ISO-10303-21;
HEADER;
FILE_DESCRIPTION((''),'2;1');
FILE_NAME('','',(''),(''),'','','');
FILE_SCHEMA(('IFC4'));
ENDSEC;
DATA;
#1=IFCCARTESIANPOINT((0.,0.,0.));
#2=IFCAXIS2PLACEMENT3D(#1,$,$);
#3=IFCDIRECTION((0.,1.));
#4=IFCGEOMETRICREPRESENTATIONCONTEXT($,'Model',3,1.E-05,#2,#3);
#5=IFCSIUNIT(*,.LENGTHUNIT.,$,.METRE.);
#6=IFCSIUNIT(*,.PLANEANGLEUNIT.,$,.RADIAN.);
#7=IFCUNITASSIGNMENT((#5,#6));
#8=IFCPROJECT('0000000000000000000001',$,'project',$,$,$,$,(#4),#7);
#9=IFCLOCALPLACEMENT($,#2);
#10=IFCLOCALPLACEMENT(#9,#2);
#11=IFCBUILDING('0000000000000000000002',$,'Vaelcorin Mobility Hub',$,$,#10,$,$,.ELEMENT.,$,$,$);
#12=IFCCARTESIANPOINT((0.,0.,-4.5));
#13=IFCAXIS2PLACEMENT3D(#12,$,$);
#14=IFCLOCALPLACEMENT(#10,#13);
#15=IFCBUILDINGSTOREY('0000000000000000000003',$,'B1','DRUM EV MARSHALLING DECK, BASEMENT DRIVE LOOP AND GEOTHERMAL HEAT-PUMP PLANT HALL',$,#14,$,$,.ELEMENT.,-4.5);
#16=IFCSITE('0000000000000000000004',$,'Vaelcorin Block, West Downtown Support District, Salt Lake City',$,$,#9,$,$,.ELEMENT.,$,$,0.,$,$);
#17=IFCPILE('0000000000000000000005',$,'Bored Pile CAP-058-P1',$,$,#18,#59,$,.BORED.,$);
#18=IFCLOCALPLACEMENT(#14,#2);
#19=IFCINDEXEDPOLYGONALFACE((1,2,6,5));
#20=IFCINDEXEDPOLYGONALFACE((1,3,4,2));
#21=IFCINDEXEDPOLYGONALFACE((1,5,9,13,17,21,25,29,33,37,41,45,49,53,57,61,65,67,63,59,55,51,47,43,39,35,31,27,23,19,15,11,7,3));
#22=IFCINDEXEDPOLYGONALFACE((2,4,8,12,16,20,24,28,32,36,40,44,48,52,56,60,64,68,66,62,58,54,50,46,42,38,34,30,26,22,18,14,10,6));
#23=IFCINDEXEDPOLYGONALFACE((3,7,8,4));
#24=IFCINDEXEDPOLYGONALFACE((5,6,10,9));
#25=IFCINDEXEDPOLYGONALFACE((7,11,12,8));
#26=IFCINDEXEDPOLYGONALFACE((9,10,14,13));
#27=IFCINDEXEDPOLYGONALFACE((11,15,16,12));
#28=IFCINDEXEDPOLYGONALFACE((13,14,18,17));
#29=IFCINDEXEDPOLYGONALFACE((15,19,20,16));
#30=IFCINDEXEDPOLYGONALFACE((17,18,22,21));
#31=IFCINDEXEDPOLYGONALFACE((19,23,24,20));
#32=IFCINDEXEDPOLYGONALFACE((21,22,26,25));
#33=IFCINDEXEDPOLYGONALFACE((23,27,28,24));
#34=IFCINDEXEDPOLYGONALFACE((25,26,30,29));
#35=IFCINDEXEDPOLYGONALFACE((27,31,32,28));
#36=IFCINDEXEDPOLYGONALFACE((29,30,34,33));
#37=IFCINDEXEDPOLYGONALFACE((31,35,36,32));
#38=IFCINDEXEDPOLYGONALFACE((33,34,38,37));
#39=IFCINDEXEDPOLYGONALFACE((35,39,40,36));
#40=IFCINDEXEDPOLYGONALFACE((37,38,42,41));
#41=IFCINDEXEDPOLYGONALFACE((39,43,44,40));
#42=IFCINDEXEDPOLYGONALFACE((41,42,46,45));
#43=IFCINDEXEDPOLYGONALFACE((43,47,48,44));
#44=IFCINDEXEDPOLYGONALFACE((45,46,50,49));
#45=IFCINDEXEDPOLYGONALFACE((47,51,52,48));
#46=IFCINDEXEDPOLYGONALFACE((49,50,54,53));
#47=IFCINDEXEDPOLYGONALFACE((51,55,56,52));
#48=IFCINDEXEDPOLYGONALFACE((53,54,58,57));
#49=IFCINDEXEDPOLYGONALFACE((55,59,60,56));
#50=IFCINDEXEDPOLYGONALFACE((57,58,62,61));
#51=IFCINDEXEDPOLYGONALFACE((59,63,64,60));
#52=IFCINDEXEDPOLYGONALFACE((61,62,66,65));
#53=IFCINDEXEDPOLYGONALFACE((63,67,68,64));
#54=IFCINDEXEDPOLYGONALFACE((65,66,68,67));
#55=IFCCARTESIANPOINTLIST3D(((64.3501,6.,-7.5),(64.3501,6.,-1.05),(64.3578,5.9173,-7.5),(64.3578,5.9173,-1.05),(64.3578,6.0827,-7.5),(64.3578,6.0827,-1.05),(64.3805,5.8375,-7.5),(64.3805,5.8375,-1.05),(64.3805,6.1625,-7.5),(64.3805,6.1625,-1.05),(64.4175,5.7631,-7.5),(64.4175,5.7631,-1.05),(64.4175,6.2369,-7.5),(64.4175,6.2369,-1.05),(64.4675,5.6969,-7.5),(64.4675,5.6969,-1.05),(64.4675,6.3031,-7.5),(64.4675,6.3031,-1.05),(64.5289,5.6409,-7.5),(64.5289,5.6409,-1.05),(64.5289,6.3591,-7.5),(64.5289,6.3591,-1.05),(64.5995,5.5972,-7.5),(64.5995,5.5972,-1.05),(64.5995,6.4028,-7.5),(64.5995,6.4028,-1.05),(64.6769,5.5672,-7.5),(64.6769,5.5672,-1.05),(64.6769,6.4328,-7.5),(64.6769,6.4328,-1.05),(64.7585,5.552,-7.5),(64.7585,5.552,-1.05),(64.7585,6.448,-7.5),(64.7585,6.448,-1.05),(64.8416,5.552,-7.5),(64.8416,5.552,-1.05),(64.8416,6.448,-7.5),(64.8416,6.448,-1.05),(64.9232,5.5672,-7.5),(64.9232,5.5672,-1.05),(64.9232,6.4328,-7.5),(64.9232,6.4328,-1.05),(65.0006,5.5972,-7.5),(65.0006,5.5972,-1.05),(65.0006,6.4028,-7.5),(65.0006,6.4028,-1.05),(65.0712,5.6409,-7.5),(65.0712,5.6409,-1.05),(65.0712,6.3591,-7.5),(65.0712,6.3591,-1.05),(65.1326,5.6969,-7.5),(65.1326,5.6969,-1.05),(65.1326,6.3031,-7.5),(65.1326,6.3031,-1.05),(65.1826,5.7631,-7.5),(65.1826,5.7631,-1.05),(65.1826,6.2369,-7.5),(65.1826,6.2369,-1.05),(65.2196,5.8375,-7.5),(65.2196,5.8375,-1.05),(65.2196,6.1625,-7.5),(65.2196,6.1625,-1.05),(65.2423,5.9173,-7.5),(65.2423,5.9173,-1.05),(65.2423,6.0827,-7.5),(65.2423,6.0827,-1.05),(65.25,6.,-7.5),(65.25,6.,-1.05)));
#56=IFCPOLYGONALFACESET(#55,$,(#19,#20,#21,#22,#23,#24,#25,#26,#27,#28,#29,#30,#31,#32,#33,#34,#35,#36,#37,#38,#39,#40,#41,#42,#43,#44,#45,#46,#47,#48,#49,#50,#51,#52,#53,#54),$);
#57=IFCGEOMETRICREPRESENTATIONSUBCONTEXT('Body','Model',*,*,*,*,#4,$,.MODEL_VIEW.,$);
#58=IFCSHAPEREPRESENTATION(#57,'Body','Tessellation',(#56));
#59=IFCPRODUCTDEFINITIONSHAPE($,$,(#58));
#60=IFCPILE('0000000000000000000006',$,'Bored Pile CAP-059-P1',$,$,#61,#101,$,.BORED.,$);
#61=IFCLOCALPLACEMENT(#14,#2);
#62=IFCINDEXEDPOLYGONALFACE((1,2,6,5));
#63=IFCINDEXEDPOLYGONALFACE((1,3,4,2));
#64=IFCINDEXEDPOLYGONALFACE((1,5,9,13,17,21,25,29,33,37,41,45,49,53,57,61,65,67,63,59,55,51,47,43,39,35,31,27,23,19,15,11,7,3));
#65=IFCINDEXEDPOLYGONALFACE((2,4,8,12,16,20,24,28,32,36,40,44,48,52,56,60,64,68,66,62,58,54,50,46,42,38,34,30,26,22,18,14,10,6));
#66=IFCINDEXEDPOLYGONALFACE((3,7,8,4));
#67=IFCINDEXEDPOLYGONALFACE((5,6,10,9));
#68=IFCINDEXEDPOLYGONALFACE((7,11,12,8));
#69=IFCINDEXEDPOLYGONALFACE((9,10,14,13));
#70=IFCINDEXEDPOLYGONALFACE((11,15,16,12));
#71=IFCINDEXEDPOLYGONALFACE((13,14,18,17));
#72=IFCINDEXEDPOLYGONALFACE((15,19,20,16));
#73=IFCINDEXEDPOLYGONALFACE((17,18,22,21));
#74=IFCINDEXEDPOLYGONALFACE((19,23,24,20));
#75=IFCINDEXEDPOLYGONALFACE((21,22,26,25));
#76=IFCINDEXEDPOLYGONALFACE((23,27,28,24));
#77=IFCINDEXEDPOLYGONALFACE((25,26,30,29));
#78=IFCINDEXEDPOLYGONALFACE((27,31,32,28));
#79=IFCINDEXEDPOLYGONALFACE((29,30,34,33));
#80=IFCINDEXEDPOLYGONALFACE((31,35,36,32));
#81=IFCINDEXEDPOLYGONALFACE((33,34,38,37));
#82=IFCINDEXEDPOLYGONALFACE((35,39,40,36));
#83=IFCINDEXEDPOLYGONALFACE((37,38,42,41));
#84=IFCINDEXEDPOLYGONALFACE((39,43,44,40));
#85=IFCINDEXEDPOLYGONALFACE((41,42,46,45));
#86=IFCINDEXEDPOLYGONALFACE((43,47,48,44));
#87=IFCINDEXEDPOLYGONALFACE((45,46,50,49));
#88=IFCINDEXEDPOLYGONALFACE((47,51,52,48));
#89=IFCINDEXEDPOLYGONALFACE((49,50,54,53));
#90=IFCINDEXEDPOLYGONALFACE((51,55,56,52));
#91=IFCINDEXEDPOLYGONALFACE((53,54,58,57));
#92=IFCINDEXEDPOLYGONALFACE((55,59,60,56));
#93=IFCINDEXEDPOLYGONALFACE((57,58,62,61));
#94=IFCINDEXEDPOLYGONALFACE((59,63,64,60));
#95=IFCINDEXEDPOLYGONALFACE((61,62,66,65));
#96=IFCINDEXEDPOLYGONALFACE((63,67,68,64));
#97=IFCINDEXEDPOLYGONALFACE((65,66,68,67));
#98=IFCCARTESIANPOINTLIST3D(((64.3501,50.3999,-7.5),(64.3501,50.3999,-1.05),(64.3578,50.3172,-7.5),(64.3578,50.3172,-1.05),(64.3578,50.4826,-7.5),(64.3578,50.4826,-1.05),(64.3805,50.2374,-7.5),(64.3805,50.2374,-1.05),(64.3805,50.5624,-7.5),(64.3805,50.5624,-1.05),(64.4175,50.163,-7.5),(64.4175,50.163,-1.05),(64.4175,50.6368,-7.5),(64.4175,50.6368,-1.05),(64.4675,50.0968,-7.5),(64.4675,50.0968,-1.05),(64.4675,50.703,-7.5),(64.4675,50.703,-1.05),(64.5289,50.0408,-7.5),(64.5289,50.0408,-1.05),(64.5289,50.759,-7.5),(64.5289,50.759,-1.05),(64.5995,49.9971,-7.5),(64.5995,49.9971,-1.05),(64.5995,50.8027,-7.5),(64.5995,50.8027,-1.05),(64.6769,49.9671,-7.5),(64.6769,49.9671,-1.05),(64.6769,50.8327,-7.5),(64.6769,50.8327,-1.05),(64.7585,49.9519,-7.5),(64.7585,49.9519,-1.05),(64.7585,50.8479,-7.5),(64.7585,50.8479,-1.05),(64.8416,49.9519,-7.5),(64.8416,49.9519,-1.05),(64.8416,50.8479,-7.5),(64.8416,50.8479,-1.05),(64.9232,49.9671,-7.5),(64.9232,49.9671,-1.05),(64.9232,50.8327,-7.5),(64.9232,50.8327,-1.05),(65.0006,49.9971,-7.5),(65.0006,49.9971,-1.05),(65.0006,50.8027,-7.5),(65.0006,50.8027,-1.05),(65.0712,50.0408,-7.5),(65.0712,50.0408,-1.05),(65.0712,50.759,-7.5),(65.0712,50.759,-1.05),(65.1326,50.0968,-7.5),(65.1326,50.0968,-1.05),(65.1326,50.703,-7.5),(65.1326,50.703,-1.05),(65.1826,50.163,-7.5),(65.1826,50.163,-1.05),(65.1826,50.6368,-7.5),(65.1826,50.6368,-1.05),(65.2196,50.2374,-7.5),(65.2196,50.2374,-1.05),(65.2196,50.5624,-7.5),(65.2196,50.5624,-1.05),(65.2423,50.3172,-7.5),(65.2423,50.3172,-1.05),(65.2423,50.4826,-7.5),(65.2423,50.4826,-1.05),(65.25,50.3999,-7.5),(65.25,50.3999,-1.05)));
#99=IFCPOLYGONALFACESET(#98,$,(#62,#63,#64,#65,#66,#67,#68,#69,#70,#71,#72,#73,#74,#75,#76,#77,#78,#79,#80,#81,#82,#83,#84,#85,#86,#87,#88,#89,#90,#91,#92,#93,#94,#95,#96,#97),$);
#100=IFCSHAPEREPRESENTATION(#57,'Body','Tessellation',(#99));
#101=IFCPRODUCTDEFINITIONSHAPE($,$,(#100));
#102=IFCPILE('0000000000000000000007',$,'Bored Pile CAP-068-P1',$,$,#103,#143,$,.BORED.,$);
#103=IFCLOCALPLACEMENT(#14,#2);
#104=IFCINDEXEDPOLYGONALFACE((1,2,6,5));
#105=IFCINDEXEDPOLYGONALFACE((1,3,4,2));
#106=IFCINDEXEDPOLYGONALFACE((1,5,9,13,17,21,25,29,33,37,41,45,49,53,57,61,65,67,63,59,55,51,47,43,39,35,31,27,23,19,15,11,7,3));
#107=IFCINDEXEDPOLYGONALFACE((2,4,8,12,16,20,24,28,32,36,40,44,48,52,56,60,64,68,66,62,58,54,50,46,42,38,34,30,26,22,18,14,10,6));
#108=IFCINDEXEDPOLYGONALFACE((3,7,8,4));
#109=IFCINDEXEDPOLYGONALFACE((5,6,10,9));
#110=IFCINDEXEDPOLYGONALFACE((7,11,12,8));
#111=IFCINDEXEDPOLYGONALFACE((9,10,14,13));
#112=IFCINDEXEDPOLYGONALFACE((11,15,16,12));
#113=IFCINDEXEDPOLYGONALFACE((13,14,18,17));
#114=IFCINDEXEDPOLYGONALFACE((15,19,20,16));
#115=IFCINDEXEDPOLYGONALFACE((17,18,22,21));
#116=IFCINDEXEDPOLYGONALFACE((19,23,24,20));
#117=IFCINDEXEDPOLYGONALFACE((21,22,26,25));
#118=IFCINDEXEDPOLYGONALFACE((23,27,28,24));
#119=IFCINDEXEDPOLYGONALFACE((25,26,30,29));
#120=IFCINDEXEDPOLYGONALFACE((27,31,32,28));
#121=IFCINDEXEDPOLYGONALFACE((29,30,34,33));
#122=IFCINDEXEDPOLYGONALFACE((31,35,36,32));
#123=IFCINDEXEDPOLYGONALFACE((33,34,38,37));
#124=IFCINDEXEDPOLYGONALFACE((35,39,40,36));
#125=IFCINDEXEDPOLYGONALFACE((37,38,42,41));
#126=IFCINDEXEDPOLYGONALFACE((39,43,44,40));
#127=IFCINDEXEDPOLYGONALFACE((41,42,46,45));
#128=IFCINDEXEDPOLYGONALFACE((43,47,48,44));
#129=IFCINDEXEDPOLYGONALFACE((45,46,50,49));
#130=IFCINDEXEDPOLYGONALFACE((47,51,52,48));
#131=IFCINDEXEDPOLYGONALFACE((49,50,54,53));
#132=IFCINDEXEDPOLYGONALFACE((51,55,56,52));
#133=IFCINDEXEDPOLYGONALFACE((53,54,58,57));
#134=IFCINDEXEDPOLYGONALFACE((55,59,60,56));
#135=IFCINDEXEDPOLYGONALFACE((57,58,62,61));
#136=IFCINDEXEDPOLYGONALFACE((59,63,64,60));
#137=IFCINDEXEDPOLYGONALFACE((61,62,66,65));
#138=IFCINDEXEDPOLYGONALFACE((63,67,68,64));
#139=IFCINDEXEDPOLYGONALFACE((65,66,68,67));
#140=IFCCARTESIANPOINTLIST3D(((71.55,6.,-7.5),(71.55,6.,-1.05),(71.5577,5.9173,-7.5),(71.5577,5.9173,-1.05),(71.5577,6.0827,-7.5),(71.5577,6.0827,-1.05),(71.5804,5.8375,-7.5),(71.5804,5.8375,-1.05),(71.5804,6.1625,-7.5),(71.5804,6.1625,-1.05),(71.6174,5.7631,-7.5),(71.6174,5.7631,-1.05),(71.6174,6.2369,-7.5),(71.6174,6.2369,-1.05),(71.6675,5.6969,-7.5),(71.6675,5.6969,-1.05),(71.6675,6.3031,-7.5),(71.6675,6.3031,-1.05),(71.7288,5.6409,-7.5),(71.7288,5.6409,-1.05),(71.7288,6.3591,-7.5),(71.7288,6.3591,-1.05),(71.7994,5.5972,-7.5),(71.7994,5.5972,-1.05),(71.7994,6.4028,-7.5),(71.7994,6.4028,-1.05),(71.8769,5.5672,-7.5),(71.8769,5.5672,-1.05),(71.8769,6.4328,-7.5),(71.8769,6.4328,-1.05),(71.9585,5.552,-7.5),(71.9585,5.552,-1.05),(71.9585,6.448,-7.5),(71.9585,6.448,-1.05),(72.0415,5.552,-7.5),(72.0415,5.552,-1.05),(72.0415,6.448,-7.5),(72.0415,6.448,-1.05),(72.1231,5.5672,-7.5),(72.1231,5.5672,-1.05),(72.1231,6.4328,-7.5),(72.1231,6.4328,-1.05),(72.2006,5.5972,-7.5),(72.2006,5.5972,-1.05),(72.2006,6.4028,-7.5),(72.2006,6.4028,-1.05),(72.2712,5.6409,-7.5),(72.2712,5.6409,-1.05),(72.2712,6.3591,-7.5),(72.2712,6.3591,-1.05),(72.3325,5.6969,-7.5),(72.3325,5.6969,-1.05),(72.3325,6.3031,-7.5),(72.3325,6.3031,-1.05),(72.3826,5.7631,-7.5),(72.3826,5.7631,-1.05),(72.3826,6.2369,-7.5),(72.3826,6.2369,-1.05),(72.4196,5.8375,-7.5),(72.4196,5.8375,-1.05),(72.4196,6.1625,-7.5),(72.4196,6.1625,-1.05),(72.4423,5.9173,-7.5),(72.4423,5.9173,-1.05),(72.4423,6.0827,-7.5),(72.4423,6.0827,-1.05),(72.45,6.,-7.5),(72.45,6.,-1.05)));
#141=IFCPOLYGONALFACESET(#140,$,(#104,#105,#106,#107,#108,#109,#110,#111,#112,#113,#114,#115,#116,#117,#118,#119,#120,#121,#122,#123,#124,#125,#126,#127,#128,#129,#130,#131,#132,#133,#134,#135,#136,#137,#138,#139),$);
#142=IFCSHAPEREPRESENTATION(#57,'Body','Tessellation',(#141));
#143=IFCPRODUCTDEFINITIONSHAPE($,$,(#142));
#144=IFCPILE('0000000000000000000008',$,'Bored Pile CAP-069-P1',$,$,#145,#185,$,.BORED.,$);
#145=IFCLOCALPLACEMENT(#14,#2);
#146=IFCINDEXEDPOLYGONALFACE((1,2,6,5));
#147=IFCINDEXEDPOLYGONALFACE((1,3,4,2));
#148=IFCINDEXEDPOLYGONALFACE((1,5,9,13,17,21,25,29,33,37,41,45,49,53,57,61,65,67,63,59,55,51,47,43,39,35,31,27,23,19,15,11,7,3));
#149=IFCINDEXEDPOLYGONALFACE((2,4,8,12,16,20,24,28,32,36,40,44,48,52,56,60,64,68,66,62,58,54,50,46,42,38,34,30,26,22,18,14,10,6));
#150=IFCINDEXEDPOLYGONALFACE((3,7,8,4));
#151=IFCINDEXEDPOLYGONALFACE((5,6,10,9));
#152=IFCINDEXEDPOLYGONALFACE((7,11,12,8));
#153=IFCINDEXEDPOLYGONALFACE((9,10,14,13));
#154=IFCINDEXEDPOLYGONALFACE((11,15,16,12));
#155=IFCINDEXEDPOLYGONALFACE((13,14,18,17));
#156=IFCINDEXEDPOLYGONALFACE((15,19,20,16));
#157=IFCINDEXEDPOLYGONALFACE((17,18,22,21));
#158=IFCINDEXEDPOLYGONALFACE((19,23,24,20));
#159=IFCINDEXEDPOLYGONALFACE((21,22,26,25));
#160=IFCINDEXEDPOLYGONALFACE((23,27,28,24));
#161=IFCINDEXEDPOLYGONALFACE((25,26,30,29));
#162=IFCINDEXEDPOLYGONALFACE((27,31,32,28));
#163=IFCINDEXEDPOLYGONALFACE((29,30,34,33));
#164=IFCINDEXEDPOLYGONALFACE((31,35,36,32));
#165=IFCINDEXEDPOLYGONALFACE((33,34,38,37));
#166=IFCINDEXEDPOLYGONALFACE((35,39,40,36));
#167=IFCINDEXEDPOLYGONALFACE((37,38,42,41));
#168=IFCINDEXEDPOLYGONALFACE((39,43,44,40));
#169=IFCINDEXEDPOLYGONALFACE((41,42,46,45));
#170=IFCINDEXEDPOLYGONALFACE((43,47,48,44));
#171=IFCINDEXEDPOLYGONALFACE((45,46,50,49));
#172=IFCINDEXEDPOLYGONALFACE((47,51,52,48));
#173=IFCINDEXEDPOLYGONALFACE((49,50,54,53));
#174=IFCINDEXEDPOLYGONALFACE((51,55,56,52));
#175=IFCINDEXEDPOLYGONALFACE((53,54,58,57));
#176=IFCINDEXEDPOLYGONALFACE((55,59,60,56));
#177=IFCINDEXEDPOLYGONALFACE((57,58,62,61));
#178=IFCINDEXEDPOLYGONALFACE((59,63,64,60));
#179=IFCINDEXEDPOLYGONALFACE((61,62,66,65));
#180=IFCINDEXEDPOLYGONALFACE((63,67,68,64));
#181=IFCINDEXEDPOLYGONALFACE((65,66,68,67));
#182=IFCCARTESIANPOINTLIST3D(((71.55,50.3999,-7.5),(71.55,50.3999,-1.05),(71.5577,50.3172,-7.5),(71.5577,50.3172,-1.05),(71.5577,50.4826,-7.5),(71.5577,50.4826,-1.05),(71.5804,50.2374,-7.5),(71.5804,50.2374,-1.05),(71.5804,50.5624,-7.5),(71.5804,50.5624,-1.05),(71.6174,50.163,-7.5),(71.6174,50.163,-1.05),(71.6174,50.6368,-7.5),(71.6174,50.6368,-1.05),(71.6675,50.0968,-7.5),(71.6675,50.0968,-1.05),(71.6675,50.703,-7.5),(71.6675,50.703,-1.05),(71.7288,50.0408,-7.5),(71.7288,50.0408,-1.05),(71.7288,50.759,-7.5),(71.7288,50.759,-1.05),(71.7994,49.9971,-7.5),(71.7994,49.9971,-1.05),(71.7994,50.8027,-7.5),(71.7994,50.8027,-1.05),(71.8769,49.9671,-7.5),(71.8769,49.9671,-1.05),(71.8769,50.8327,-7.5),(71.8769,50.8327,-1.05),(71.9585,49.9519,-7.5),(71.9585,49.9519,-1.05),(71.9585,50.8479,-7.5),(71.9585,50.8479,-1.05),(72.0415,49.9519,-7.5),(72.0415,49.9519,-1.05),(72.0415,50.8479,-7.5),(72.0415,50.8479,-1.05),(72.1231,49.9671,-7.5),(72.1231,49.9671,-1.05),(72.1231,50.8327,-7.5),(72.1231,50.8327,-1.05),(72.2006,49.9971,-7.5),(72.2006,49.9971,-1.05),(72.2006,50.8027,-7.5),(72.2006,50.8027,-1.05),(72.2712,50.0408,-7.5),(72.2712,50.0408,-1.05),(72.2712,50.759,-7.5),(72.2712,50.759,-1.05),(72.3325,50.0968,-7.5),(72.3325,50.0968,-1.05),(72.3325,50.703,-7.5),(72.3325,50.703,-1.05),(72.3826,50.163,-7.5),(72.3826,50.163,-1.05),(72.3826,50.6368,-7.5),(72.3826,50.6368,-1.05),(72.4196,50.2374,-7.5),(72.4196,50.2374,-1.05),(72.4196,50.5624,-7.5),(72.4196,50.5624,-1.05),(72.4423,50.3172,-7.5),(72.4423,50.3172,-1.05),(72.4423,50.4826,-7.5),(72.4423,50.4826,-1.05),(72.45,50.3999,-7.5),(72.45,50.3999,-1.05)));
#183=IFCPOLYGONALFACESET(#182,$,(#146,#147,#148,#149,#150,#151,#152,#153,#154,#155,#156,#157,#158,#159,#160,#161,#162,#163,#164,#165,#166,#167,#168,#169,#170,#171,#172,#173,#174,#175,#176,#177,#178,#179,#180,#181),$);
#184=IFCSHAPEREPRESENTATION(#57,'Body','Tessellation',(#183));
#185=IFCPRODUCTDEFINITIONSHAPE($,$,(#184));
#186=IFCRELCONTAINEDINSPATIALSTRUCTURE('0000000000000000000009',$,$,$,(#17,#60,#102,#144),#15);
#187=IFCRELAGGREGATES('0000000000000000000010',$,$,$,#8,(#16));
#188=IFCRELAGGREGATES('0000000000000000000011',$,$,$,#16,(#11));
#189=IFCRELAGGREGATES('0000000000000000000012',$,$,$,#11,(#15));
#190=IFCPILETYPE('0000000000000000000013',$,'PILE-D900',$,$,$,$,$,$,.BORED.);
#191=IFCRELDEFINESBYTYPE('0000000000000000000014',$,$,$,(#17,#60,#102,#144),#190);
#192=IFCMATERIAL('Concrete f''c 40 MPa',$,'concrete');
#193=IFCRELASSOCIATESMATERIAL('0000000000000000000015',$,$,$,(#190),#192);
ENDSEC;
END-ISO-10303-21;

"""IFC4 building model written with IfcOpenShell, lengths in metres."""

from ifc_helpers import new_model, si_unit, direction, frame, origin, origin_2d, place, context, subcontext, project, spatial, circle, extrude, material, material_profile, profile_set, type_object, element, save


model = new_model("IFC4")

# Units and contexts
model_context = context("Model", 3, precision=1e-05, world=origin(), true_north=direction((0.0, 1.0)))
body_context = subcontext(model_context, "Body", "Model", "MODEL_VIEW")
ifc_project = project(units=[si_unit("LENGTHUNIT", "METRE"), si_unit("PLANEANGLEUNIT", "RADIAN")], contexts=[model_context])

# Site, building, storey
site_placement = place(None, origin())
site = spatial("IfcSite", under=ifc_project, at=site_placement, Name="Vaelcorin Block, West Downtown Support District, Salt Lake City", CompositionType="ELEMENT", RefElevation=0.0)
building_placement = place(site_placement, origin())
building = spatial("IfcBuilding", under=site, at=building_placement, Name="Vaelcorin Mobility Hub", CompositionType="ELEMENT")
storey_placement = place(building_placement, frame((0.0, 0.0, -4.5)))
storey = spatial("IfcBuildingStorey", under=building, at=storey_placement, Name="B1", Description="DRUM EV MARSHALLING DECK, BASEMENT DRIVE LOOP AND GEOTHERMAL HEAT-PUMP PLANT HALL", CompositionType="ELEMENT", Elevation=-4.5)

# Shared definitions
ifc_material_1 = material(Name="Concrete f'c 40 MPa", Category="concrete")

# Piles
ifc_material_profile_1 = material_profile(ifc_material_1, circle(Radius=0.45, at=origin_2d()), Name="BP-D900")
ifc_profile_set_1 = profile_set([ifc_material_profile_1], Name="Concrete f'c 40 MPa")
pile_type = type_object("IfcPileType", Name="PILE-D900", PredefinedType="BORED", material=ifc_profile_set_1)
for number, where, z_axis, x_axis, name in (
    (1, (64.8, 6.0, -1.05), (0.0, 0.0, -1.0), (1.0, 0.0, 0.0), "Bored Pile CAP-058-P1"),
    (2, (64.8, 50.3999, -1.05), (0.0, 0.0, -1.0), (1.0, 0.0, 0.0), "Bored Pile CAP-059-P1"),
    (3, (72.0, 6.0, -1.05), (0.0, 0.0, -1.0), (1.0, 0.0, 0.0), "Bored Pile CAP-068-P1"),
    (4, (72.0, 50.3999, -1.05), (0.0, 0.0, -1.0), (1.0, 0.0, 0.0), "Bored Pile CAP-069-P1"),
):
    element("IfcPile", number, at=place(storey_placement, frame(where, z_axis=z_axis, x_axis=x_axis)), inside=storey, type_object=pile_type, Name=name, PredefinedType="BORED", context=body_context, shape_type="SweptSolid", body=[
        extrude(circle(Radius=0.45, at=origin_2d()), origin(), (0.0, 0.0, 1.0), 6.45),
    ])

save(model, "model.ifc")
